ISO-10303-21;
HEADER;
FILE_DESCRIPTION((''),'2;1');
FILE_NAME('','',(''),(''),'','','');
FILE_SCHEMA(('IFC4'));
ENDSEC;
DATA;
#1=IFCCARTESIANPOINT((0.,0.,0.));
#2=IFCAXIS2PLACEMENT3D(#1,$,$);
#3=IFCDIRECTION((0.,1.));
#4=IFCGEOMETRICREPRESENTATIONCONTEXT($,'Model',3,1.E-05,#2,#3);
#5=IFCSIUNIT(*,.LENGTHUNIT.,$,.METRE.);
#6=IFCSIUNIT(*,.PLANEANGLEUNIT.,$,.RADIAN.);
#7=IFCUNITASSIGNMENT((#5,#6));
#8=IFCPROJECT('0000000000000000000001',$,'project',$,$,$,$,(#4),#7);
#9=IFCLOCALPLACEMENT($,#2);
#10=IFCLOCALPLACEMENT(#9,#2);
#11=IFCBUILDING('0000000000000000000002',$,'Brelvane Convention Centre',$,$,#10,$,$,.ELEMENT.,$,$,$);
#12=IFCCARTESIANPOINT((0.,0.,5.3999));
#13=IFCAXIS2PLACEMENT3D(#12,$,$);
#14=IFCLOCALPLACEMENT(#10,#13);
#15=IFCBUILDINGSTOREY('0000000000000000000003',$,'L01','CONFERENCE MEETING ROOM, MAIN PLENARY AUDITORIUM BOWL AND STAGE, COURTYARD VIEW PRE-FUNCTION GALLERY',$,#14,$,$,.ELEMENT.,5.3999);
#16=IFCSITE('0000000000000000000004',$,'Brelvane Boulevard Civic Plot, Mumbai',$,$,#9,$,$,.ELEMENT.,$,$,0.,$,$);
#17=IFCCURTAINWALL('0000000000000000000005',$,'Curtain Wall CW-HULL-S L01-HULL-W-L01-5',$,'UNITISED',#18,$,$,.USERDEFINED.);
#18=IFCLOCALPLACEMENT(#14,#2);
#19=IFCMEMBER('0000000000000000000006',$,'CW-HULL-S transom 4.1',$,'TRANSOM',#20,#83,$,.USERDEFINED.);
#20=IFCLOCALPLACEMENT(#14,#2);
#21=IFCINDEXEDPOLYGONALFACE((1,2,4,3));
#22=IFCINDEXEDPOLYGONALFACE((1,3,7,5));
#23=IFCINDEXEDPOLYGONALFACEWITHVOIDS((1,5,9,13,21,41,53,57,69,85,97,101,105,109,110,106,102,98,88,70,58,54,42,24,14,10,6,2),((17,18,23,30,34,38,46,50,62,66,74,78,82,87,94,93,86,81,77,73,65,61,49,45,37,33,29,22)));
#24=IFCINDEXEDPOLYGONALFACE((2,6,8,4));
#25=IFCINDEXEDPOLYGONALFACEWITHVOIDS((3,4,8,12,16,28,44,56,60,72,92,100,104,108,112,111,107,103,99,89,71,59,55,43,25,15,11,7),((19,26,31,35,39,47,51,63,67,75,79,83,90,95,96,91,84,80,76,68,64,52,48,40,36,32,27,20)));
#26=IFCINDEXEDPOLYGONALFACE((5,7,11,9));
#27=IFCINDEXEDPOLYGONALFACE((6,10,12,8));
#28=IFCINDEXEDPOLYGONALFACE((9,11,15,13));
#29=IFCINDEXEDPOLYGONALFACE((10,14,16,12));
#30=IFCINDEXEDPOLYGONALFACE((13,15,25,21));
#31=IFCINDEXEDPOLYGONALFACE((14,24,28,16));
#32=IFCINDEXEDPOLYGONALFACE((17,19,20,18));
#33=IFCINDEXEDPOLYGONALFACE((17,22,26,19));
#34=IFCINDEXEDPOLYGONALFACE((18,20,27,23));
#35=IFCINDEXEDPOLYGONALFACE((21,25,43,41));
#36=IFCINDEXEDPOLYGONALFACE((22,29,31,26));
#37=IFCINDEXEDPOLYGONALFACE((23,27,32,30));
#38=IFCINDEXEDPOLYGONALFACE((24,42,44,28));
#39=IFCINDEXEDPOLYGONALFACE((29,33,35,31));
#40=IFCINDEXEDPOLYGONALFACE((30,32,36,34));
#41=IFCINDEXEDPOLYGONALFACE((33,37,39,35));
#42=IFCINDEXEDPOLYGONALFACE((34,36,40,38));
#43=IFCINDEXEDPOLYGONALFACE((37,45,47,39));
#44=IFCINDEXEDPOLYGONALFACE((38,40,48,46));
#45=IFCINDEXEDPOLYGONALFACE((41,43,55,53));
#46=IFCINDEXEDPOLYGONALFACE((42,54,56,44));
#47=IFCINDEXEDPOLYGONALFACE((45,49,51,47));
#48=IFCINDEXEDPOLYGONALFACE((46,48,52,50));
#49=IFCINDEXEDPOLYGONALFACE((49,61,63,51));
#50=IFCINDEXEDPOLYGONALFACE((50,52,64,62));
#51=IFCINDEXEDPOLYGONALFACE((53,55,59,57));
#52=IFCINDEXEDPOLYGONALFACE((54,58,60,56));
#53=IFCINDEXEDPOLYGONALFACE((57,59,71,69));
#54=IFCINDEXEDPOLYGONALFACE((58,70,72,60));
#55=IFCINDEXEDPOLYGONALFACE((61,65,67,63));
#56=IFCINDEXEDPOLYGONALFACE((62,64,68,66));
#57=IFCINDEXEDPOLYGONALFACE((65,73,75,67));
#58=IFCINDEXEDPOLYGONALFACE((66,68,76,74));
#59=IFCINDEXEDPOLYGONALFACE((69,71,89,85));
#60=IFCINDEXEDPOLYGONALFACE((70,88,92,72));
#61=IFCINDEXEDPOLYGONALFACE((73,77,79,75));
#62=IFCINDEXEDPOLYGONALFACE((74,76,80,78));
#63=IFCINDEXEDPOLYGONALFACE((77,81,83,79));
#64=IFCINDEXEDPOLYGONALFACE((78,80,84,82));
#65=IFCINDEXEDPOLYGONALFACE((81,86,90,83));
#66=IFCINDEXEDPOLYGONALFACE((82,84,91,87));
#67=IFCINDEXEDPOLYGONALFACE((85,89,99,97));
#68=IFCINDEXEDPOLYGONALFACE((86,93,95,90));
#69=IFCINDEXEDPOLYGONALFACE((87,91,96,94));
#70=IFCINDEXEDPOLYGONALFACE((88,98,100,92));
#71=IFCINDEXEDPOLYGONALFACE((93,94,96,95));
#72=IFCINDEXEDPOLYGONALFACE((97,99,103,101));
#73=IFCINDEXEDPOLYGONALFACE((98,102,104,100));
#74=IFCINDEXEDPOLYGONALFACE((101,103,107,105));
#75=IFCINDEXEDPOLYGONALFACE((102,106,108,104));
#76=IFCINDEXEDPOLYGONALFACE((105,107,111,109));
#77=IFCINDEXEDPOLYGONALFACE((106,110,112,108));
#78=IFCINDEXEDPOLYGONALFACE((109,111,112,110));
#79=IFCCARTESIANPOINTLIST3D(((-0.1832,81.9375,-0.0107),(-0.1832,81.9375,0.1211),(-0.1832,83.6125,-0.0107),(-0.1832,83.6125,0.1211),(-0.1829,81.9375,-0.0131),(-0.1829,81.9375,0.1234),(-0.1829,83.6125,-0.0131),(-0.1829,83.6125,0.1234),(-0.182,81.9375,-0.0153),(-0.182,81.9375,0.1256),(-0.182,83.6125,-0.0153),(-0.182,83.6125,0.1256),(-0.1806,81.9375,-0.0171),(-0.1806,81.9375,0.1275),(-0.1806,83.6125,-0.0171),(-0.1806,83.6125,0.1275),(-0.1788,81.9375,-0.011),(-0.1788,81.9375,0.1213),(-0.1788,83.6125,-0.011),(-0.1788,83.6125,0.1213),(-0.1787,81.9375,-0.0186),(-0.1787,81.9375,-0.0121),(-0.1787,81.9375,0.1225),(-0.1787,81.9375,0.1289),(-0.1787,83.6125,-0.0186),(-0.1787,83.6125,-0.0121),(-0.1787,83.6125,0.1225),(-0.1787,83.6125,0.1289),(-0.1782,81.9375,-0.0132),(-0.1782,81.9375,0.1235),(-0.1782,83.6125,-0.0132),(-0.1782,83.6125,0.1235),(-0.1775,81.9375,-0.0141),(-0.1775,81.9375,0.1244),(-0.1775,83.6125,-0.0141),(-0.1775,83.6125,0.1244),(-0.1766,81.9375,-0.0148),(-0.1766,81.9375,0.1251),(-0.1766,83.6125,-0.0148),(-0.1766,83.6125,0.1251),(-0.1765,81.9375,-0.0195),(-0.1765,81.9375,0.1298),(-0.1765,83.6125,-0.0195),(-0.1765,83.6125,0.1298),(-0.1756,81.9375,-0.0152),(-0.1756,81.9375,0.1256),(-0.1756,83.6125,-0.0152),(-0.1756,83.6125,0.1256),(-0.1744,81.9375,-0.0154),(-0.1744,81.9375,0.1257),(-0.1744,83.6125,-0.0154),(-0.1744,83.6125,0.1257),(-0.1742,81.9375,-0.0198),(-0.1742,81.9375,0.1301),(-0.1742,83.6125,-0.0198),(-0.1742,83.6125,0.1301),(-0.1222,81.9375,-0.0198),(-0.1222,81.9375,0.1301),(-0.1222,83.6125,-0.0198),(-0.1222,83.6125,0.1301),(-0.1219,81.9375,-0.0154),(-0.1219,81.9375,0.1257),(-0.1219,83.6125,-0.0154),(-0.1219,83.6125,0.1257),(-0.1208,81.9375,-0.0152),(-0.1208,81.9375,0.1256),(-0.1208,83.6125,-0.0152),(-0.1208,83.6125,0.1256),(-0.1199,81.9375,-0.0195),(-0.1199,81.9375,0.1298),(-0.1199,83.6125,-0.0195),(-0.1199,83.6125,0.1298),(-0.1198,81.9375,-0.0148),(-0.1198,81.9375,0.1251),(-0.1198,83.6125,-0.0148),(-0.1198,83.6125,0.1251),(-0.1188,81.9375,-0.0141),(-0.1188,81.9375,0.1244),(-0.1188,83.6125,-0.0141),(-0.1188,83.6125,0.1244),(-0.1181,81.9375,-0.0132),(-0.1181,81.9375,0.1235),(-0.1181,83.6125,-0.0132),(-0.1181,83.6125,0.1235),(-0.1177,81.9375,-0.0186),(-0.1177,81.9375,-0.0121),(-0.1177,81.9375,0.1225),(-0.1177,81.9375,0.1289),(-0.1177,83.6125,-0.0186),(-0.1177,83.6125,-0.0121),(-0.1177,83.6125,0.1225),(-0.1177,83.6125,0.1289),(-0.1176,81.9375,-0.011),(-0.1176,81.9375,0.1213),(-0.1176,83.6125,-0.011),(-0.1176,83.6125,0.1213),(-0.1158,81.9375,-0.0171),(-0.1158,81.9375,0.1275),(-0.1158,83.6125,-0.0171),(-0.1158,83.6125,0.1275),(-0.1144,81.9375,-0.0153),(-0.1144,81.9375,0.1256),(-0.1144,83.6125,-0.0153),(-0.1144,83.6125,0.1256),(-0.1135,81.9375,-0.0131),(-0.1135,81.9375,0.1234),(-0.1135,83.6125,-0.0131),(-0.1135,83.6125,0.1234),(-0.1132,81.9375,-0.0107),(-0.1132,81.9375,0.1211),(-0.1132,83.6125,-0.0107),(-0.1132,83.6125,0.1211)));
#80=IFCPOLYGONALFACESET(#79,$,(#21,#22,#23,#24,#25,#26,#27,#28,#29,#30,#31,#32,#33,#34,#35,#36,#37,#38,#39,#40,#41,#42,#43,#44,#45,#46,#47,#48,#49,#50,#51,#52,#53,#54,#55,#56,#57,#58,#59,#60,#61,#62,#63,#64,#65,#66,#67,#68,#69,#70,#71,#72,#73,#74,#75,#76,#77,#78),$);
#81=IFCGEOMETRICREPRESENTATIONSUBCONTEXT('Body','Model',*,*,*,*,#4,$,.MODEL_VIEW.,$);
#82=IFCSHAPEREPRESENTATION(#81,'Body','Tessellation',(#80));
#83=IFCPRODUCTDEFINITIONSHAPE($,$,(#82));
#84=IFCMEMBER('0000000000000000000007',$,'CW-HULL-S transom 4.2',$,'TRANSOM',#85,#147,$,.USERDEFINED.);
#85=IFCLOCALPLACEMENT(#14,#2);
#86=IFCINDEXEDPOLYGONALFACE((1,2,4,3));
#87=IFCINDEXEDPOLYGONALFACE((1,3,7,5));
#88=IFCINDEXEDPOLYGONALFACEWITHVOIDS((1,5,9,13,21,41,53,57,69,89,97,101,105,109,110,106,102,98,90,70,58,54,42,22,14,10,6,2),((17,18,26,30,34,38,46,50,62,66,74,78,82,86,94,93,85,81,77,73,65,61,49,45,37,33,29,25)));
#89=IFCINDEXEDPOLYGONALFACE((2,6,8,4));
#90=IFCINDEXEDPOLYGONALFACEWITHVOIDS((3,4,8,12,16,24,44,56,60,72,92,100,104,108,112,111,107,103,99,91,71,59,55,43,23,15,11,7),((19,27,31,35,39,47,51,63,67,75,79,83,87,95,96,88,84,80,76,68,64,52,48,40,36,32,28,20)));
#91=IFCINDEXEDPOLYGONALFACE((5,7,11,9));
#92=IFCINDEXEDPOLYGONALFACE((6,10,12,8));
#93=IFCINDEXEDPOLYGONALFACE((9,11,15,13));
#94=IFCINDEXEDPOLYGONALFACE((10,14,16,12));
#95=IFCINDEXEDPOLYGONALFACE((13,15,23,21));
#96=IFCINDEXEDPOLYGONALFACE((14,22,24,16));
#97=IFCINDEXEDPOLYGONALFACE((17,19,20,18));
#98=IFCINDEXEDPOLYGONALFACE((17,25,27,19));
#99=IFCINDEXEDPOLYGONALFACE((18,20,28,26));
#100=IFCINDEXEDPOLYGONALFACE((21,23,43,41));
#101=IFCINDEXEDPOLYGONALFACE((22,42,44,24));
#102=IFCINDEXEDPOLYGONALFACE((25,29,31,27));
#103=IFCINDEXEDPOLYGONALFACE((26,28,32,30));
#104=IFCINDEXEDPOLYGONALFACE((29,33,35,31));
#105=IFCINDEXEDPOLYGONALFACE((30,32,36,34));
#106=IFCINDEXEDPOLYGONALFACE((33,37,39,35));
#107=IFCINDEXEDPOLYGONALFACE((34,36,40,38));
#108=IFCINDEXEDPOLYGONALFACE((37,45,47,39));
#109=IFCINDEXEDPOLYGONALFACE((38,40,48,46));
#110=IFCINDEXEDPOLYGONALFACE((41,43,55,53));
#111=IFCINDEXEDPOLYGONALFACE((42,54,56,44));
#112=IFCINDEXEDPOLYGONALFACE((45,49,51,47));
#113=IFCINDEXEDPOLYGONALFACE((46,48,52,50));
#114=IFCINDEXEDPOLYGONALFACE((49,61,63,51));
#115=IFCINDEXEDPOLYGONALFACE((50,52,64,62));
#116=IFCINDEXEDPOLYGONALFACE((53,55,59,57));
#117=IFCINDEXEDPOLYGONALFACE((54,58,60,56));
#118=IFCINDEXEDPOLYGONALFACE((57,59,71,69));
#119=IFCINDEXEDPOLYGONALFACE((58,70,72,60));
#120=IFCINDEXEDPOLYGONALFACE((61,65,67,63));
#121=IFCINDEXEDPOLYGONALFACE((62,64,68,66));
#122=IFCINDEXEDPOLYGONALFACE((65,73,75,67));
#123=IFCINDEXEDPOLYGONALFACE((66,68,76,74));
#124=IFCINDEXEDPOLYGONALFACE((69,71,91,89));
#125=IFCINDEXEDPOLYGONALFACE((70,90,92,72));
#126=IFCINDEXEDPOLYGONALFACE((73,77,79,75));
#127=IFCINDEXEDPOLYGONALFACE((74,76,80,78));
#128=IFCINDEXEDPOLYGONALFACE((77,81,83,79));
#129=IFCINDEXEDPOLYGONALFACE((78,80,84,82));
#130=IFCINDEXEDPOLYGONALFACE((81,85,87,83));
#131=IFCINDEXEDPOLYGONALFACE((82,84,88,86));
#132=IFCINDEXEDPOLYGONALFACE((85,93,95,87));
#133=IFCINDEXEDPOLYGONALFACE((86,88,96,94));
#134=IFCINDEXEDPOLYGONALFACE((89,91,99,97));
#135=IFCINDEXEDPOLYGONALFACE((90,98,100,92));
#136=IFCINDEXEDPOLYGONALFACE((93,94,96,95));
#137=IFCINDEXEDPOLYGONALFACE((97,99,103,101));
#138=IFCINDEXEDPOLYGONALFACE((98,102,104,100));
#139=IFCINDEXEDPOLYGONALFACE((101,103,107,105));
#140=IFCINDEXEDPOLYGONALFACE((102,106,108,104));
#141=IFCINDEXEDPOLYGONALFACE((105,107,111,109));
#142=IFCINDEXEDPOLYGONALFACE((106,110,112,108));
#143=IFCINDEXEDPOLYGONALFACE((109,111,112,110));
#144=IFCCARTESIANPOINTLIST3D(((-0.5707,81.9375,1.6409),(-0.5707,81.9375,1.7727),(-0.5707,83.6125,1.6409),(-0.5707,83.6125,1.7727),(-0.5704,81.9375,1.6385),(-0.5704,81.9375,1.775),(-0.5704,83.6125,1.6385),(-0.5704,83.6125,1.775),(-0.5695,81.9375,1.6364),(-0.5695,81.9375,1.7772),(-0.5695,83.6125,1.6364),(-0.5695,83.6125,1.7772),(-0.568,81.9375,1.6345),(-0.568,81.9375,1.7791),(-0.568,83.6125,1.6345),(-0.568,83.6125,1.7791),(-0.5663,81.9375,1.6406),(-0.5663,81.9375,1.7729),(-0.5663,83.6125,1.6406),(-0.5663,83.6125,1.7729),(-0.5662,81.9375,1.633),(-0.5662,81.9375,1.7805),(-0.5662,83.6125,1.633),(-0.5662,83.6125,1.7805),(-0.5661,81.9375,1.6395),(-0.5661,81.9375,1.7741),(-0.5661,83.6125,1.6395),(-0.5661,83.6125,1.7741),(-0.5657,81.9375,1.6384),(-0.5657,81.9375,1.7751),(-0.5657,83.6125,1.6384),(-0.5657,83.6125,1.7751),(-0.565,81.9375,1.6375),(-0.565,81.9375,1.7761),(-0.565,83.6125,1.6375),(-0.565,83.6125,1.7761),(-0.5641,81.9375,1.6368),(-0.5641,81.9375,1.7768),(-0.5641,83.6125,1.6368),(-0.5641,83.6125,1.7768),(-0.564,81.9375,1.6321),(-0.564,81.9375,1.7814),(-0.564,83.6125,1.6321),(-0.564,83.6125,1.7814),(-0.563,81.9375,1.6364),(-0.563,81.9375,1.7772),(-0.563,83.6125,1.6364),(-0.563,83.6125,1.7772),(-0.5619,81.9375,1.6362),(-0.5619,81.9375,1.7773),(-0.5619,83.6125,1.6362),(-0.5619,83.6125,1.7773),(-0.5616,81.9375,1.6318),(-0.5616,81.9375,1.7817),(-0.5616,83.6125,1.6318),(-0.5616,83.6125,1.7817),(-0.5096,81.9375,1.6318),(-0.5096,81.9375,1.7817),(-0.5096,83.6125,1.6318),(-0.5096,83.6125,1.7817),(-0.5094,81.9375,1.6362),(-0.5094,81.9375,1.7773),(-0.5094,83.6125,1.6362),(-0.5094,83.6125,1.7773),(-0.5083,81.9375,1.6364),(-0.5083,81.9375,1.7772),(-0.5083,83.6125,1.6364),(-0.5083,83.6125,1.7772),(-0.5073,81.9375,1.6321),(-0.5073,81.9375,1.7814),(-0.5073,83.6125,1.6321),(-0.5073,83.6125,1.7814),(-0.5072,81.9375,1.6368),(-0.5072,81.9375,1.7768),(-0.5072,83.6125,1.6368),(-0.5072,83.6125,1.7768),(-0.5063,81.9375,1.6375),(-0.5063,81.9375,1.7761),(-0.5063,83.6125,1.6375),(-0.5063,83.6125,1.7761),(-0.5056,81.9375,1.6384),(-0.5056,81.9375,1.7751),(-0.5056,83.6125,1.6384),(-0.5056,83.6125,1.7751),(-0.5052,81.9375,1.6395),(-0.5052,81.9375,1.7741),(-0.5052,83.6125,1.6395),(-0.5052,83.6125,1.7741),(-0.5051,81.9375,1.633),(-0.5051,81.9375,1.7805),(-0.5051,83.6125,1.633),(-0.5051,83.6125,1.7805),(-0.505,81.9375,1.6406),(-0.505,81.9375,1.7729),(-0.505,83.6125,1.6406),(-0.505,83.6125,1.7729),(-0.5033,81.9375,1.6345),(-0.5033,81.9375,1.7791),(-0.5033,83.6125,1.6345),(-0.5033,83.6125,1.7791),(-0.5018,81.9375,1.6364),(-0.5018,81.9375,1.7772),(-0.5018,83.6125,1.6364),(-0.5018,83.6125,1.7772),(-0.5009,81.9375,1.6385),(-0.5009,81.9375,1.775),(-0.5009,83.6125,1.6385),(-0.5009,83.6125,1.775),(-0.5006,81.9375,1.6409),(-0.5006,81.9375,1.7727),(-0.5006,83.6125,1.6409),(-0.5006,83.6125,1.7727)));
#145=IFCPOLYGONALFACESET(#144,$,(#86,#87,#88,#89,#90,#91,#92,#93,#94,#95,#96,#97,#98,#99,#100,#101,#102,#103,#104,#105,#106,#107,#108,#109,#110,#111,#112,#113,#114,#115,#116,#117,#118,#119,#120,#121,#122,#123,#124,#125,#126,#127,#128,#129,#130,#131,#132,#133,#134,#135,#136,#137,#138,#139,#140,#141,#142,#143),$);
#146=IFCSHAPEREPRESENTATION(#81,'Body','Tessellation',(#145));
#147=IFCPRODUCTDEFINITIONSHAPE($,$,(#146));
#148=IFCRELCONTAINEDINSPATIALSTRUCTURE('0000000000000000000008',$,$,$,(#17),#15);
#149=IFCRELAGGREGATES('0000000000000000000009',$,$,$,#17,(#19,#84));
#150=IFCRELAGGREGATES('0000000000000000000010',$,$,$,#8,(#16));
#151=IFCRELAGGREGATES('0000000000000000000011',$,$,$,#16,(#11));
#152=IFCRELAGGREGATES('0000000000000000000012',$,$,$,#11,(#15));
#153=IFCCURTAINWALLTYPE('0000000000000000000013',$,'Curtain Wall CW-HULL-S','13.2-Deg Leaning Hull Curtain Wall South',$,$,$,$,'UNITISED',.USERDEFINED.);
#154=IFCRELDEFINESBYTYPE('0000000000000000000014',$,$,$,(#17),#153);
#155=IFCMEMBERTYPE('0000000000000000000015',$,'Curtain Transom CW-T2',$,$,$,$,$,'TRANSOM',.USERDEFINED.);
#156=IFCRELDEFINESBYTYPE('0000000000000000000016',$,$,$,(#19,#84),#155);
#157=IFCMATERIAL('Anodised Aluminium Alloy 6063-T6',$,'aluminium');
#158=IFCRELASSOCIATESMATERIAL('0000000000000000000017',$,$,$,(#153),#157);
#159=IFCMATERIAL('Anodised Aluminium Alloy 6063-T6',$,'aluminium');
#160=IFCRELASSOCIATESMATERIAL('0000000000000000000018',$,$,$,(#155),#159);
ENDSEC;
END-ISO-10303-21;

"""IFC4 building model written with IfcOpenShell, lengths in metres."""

from ifc_helpers import new_model, si_unit, direction, frame, origin, origin_2d, place, context, subcontext, project, spatial, hollow_rectangle, extrude, material, material_profile, profile_set, type_object, element, aggregate, save


model = new_model("IFC4")

# Units and contexts
model_context = context("Model", 3, precision=1e-05, world=origin(), true_north=direction((0.0, 1.0)))
body_context = subcontext(model_context, "Body", "Model", "MODEL_VIEW")
ifc_project = project(units=[si_unit("LENGTHUNIT", "METRE"), si_unit("PLANEANGLEUNIT", "RADIAN")], contexts=[model_context])

# Site, building, storey
site_placement = place(None, origin())
site = spatial("IfcSite", under=ifc_project, at=site_placement, Name="Brelvane Boulevard Civic Plot, Mumbai", CompositionType="ELEMENT", RefElevation=0.0)
building_placement = place(site_placement, origin())
building = spatial("IfcBuilding", under=site, at=building_placement, Name="Brelvane Convention Centre", CompositionType="ELEMENT")
storey_placement = place(building_placement, frame((0.0, 0.0, 5.3999)))
storey = spatial("IfcBuildingStorey", under=building, at=storey_placement, Name="L01", Description="CONFERENCE MEETING ROOM, MAIN PLENARY AUDITORIUM BOWL AND STAGE, COURTYARD VIEW PRE-FUNCTION GALLERY", CompositionType="ELEMENT", Elevation=5.3999)

# Curtain wall, members
ifc_material_1 = material(Name="Anodised Aluminium Alloy 6063-T6", Category="aluminium")
curtain_wall_type = type_object("IfcCurtainWallType", Name="Curtain Wall CW-HULL-S", Description="13.2-Deg Leaning Hull Curtain Wall South", ElementType="UNITISED", PredefinedType="USERDEFINED", material=ifc_material_1)
curtain_wall_placement = place(storey_placement, origin())
curtain_wall = element("IfcCurtainWall", 1, at=curtain_wall_placement, inside=storey, type_object=curtain_wall_type, Name="Curtain Wall CW-HULL-S L01-HULL-W-L01-5", ObjectType="UNITISED", PredefinedType="USERDEFINED")
ifc_material_2 = material(Name="Anodised Aluminium Alloy 6063-T6", Category="aluminium")
ifc_material_profile_1 = material_profile(ifc_material_2, hollow_rectangle(XDim=0.0701, YDim=0.1499, WallThickness=0.0044, InnerFilletRadius=0.0044, OuterFilletRadius=0.009, at=origin_2d()), Name="ALU-T 150x70x4.5")
ifc_profile_set_1 = profile_set([ifc_material_profile_1], Name="Anodised Aluminium Alloy 6063-T6")
member_type_1 = type_object("IfcMemberType", Name="Curtain Transom CW-T2", ElementType="TRANSOM", PredefinedType="USERDEFINED", material=ifc_profile_set_1)
member_1_placement = place(storey_placement, frame((-0.1482, 81.9375, 0.0552), z_axis=(0.0, 1.0, 0.0), x_axis=(-1.0, 0.0, 0.0)))
member_1 = element("IfcMember", 2, at=member_1_placement, type_object=member_type_1, Name="CW-HULL-S transom 4.1", ObjectType="TRANSOM", PredefinedType="USERDEFINED", context=body_context, shape_type="SweptSolid", body=[
    extrude(hollow_rectangle(XDim=0.0701, YDim=0.1499, WallThickness=0.0044, InnerFilletRadius=0.0044, OuterFilletRadius=0.009, at=origin_2d()), origin(), (0.0, 0.0, 1.0), 1.675),
])
member_2_placement = place(storey_placement, frame((-0.5356, 81.9375, 1.7068), z_axis=(0.0, 1.0, 0.0), x_axis=(-1.0, 0.0, 0.0)))
member_2 = element("IfcMember", 3, at=member_2_placement, type_object=member_type_1, Name="CW-HULL-S transom 4.2", ObjectType="TRANSOM", PredefinedType="USERDEFINED", context=body_context, shape_type="SweptSolid", body=[
    extrude(hollow_rectangle(XDim=0.0701, YDim=0.1499, WallThickness=0.0044, InnerFilletRadius=0.0044, OuterFilletRadius=0.009, at=origin_2d()), origin(), (0.0, 0.0, 1.0), 1.675),
])
aggregate(curtain_wall, [member_1, member_2])

save(model, "model.ifc")
